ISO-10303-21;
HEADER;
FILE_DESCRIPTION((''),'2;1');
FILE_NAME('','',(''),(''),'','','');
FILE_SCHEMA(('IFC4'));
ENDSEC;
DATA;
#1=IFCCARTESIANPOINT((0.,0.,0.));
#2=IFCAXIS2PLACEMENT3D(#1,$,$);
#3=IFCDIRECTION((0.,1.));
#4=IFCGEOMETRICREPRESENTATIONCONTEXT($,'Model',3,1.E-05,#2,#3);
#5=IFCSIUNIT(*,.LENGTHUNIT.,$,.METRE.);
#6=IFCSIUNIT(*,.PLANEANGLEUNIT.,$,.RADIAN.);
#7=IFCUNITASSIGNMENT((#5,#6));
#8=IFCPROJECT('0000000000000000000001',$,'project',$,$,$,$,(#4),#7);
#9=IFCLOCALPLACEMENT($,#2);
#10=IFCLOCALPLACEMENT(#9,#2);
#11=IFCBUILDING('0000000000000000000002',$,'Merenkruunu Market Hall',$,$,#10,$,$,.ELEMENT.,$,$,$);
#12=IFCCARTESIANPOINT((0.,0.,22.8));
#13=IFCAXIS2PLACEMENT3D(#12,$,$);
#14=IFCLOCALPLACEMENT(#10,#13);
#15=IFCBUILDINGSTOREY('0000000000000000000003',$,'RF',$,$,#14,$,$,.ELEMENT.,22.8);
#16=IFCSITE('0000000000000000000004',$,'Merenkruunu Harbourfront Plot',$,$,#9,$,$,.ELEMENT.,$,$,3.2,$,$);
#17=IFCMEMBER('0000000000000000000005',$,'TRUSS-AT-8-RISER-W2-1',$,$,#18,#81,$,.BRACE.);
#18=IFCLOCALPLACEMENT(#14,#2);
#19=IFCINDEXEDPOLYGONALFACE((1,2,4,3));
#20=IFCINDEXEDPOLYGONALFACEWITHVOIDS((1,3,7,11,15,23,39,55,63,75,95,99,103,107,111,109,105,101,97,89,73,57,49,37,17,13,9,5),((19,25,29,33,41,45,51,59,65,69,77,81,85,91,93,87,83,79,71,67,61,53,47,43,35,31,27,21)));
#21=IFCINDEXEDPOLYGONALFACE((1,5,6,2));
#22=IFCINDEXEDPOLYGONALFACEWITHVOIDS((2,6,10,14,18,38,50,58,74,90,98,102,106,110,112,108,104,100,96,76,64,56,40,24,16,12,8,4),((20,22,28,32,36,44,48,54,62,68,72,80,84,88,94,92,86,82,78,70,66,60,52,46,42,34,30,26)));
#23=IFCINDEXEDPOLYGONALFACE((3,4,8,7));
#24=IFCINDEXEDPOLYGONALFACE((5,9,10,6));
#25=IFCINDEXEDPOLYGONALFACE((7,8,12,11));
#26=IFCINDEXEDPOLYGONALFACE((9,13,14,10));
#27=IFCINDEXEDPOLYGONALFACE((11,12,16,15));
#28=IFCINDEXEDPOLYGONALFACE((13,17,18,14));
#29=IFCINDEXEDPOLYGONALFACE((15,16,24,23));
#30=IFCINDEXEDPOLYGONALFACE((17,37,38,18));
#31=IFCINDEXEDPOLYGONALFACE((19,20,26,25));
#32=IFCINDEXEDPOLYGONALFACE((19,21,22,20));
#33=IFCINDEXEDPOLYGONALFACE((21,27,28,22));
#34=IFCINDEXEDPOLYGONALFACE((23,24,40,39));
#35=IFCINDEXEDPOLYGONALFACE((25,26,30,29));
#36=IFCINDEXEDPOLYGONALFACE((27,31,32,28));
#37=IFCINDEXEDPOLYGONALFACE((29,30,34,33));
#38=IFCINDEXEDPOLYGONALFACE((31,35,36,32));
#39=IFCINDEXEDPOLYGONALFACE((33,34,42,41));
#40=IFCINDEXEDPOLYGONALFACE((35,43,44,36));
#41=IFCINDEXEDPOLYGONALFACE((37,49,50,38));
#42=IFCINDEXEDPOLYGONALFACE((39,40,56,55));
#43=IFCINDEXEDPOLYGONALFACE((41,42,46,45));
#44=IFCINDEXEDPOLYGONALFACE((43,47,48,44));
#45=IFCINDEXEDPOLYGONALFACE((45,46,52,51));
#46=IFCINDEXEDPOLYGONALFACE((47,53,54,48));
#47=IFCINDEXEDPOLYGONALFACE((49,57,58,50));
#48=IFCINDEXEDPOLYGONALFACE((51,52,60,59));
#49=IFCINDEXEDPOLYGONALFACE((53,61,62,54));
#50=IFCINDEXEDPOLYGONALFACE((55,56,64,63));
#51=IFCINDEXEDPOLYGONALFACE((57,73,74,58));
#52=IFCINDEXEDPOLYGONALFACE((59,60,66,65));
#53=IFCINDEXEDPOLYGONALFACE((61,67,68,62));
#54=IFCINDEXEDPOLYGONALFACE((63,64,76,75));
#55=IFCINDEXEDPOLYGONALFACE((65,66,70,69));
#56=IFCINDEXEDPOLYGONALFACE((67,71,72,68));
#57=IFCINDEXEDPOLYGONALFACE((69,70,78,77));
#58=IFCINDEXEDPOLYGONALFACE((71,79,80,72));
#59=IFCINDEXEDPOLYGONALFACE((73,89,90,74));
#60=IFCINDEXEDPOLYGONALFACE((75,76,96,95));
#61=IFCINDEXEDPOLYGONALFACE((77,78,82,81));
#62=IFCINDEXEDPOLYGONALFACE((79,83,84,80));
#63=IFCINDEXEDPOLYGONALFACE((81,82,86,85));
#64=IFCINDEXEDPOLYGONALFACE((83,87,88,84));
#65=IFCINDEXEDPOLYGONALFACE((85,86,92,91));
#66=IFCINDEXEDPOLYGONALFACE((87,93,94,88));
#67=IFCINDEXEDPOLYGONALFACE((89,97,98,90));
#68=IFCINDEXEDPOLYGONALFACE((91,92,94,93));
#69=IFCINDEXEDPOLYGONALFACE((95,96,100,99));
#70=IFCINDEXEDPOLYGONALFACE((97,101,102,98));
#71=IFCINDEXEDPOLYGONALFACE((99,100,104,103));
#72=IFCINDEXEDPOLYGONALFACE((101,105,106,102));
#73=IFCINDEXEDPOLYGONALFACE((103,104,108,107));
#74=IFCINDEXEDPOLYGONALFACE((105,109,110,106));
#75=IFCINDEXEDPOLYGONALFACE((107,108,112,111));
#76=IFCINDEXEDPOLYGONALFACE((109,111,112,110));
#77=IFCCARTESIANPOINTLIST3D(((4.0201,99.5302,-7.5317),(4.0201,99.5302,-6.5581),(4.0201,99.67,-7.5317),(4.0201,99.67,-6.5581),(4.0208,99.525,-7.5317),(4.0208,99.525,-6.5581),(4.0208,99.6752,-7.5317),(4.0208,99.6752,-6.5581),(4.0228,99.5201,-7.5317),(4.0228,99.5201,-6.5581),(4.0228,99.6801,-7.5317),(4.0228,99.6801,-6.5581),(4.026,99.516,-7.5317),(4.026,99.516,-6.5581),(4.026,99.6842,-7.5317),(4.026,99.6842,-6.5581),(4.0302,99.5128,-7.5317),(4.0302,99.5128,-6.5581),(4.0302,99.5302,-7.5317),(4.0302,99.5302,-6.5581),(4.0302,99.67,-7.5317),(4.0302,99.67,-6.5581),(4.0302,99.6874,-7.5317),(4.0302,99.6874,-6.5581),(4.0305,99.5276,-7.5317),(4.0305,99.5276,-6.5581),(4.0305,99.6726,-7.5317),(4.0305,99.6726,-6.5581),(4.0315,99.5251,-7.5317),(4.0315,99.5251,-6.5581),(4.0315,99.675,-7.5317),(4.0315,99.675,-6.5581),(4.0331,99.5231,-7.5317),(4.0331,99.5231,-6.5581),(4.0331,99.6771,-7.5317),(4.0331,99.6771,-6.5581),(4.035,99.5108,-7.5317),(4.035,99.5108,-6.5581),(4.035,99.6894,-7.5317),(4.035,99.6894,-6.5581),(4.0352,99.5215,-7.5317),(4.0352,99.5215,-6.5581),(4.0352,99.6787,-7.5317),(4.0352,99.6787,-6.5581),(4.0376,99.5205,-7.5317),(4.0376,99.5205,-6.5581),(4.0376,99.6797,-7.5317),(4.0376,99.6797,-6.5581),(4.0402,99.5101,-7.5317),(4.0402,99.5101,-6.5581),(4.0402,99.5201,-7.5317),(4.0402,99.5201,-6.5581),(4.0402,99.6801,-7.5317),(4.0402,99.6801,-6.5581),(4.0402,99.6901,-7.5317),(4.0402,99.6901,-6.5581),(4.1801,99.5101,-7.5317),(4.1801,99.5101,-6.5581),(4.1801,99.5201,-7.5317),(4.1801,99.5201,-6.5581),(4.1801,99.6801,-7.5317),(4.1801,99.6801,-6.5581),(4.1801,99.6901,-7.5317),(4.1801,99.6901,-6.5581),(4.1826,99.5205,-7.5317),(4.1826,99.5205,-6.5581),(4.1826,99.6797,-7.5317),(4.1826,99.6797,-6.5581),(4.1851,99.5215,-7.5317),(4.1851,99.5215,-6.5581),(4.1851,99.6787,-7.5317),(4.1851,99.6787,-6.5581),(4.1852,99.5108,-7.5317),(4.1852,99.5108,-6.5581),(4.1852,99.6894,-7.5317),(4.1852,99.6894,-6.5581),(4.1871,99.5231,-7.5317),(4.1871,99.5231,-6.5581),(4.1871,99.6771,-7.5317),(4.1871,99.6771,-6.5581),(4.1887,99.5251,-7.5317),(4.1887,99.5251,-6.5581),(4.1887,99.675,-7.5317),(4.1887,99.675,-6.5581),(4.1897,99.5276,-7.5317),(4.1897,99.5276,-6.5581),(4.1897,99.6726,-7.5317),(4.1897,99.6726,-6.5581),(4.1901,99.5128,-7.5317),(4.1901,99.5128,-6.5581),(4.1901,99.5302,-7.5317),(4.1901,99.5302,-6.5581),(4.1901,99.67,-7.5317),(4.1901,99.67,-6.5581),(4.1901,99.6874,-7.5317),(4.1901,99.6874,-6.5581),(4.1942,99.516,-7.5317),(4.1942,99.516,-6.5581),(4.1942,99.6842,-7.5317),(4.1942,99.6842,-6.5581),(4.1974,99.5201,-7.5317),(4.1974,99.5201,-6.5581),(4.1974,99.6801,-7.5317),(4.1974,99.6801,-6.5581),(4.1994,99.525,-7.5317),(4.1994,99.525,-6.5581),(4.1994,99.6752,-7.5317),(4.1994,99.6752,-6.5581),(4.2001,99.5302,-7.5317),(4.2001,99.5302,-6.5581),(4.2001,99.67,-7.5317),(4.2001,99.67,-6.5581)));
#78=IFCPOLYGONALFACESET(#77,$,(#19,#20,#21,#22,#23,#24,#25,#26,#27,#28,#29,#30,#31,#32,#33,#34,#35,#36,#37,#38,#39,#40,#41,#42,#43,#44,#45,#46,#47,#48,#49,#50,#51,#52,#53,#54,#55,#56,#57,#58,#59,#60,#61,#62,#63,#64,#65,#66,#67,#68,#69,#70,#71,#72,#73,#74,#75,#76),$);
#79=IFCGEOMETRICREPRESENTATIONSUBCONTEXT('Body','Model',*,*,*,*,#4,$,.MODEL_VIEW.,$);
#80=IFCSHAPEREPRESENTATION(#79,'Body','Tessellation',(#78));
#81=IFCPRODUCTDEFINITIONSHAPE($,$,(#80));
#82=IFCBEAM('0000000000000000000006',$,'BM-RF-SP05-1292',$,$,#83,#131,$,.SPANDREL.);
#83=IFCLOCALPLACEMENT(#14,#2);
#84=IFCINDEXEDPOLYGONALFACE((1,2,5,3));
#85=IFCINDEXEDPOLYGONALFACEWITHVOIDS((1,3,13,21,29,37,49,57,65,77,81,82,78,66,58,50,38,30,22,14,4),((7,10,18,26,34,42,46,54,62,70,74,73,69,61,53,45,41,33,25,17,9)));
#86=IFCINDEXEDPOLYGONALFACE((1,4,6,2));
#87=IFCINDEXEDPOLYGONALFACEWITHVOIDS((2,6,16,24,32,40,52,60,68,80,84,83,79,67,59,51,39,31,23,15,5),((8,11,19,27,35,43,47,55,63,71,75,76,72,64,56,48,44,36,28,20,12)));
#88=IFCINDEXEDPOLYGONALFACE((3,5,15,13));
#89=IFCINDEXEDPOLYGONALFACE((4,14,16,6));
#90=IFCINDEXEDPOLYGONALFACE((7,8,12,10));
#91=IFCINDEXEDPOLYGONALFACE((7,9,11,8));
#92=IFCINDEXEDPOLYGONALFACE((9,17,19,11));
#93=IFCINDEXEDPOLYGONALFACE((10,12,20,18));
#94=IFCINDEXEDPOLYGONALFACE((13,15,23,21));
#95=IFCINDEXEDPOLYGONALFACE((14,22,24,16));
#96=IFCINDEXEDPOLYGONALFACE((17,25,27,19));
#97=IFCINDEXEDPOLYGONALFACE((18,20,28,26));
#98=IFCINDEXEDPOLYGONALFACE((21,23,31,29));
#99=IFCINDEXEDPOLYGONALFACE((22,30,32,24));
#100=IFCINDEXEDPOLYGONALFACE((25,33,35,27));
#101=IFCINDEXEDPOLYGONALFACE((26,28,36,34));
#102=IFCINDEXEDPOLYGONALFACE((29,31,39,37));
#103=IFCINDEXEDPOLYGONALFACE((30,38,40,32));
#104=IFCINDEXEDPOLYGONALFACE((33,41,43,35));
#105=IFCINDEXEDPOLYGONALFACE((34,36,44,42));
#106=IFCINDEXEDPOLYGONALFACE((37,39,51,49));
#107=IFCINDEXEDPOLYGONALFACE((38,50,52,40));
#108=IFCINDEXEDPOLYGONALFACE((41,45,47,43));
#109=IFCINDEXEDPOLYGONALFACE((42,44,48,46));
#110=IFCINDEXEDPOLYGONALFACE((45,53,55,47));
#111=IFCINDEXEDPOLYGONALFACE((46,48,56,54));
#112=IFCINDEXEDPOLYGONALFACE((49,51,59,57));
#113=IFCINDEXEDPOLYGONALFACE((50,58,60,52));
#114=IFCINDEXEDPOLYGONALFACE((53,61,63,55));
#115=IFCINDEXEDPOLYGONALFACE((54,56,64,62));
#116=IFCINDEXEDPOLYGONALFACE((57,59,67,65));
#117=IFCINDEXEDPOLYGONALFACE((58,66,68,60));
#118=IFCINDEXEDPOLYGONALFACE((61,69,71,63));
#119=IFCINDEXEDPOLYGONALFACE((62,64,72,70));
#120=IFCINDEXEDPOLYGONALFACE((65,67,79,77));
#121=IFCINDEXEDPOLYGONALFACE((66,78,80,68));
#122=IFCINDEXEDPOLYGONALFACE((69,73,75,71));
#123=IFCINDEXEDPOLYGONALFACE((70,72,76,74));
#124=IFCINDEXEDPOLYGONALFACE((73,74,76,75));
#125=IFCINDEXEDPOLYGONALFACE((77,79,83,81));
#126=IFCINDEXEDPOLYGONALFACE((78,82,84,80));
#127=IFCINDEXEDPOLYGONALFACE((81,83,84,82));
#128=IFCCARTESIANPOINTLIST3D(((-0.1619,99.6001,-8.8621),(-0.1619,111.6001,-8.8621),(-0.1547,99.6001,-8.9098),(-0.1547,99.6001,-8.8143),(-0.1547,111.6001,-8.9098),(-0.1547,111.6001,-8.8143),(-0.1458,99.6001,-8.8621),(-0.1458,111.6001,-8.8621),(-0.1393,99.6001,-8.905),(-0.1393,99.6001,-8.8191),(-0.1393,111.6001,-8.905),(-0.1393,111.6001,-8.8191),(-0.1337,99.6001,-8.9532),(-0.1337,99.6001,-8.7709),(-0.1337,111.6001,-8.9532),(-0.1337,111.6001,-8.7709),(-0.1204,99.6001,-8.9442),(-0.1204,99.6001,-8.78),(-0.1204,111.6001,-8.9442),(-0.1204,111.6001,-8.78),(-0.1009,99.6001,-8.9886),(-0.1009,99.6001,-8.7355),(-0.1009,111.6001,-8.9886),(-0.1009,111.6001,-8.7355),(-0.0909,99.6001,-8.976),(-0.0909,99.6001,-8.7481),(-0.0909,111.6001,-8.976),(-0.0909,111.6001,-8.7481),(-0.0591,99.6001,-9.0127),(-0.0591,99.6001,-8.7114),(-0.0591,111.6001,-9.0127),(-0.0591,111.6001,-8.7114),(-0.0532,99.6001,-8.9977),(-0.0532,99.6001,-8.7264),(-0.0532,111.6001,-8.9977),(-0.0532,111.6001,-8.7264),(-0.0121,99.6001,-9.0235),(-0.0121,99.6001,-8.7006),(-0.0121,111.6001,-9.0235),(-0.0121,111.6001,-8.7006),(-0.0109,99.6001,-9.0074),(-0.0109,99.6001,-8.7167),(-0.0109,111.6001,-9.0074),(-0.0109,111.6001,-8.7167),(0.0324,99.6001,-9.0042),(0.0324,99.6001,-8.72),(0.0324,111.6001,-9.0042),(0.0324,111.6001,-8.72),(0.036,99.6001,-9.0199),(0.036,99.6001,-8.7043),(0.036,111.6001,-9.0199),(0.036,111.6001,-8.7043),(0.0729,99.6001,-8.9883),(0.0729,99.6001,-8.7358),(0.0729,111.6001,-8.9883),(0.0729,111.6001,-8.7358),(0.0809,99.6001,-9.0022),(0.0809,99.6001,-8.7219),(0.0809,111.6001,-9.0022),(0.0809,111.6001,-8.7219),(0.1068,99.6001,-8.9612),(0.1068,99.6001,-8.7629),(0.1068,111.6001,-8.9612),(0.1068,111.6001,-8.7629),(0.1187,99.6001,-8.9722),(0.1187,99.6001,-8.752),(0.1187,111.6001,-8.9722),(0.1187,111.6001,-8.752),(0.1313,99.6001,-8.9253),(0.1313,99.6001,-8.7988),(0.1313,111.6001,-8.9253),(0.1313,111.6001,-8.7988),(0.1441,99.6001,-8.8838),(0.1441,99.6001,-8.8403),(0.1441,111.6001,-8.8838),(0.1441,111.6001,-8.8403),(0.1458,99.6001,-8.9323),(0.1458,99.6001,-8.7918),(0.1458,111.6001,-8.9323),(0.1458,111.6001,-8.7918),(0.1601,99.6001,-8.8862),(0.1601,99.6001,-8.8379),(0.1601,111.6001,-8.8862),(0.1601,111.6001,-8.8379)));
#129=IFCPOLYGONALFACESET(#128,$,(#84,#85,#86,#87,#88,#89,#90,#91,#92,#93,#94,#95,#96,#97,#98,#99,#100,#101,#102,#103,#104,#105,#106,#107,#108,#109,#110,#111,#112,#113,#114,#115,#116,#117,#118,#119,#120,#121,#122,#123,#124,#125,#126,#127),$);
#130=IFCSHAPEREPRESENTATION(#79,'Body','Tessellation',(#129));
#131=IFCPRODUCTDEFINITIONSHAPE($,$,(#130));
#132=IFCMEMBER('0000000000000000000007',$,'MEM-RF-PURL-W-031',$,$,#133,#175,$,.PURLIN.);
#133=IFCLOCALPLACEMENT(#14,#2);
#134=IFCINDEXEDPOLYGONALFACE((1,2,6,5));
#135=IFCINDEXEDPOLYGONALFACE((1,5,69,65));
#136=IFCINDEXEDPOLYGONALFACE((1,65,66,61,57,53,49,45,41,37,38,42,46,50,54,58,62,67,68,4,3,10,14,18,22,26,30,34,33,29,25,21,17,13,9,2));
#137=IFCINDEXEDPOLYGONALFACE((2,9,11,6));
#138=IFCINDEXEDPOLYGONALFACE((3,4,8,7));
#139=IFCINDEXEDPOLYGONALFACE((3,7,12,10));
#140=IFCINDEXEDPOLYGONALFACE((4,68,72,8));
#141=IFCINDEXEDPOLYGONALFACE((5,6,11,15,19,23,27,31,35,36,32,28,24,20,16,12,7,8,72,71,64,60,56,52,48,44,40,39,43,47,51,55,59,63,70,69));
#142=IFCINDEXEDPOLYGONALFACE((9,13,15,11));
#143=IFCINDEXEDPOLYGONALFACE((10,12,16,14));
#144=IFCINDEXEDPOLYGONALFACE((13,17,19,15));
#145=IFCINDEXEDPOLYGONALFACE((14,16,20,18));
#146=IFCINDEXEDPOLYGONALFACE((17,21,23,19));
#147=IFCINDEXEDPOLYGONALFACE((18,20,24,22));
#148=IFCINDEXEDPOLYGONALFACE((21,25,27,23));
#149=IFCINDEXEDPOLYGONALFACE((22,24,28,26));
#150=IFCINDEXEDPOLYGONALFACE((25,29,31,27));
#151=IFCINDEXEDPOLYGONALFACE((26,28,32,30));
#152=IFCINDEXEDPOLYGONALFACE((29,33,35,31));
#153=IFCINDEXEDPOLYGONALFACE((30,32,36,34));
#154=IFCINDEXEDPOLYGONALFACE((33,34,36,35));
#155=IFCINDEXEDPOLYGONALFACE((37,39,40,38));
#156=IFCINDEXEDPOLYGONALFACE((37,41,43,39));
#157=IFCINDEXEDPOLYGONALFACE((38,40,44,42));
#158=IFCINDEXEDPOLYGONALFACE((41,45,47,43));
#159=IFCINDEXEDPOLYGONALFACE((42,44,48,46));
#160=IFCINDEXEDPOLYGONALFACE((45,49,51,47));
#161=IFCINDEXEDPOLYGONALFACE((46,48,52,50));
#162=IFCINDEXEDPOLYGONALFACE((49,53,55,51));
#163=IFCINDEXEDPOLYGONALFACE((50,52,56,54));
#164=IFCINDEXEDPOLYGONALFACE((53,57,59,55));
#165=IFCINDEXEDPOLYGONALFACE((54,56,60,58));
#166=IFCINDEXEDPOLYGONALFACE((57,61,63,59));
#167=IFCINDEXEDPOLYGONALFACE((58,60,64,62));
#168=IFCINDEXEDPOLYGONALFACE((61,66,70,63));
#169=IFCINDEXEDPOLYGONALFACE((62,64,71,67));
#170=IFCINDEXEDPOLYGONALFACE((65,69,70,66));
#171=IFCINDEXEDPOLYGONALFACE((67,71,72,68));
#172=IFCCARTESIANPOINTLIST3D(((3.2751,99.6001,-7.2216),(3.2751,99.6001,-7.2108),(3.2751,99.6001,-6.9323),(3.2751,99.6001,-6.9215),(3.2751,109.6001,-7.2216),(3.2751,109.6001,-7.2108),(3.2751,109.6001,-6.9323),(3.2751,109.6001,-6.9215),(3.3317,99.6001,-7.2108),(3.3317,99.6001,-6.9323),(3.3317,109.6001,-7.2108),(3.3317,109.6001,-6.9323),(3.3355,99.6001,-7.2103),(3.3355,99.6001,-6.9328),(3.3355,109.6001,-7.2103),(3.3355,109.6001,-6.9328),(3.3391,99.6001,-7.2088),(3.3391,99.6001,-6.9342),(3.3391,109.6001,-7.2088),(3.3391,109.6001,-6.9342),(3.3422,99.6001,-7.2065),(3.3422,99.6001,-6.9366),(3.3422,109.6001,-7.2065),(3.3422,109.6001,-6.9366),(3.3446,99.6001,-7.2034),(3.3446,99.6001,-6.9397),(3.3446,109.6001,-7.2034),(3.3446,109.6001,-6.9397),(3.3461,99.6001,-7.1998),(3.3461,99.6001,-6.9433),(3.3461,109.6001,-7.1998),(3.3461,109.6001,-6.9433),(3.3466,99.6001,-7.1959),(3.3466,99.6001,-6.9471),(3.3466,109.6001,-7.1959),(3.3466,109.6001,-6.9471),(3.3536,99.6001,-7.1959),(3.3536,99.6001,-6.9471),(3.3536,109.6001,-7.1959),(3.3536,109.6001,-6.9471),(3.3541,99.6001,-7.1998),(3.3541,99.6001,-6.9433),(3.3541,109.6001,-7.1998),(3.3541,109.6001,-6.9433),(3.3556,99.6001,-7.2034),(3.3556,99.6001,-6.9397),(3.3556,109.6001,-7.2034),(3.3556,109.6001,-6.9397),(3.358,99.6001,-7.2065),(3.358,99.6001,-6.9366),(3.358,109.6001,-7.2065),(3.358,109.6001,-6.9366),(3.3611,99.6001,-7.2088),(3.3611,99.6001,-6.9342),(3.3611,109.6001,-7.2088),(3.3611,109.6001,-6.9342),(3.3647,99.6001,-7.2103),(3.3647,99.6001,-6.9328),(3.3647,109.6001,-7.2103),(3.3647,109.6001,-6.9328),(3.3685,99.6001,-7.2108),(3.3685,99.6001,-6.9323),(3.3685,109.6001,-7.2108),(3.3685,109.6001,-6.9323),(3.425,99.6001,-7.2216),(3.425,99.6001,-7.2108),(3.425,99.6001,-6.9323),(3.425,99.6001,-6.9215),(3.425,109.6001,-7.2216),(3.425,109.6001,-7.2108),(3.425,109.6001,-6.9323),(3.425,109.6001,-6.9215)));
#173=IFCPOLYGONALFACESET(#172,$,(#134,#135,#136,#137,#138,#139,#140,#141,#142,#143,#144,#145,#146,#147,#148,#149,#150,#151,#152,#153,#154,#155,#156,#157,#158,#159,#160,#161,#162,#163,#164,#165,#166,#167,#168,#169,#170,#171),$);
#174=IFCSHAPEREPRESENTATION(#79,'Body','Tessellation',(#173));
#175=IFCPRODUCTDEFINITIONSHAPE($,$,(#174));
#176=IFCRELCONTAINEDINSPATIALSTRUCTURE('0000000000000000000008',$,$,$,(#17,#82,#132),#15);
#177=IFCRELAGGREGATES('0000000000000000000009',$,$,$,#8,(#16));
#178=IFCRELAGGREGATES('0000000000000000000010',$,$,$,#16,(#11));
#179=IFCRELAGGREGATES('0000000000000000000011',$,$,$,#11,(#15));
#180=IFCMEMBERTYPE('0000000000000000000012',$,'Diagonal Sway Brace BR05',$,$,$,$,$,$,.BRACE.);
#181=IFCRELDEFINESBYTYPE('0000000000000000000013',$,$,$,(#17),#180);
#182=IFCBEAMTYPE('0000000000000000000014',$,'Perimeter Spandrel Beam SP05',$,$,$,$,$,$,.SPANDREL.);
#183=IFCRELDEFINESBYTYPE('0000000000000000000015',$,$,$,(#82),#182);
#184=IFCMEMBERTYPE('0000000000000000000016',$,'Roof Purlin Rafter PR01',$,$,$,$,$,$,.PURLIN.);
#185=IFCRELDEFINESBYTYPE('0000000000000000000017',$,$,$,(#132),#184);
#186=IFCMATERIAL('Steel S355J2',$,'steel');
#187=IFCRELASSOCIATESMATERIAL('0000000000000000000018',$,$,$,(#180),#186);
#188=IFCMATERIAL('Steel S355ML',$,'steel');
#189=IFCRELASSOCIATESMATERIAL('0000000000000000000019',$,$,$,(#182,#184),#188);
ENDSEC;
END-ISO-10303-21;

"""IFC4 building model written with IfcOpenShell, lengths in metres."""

from ifc_helpers import new_model, si_unit, direction, frame, origin, origin_2d, place, context, subcontext, project, spatial, hollow_rectangle, hollow_circle, i_section, extrude, material, material_profile, profile_set, type_object, element, save


model = new_model("IFC4")

# Units and contexts
model_context = context("Model", 3, precision=1e-05, world=origin(), true_north=direction((0.0, 1.0)))
body_context = subcontext(model_context, "Body", "Model", "MODEL_VIEW")
ifc_project = project(units=[si_unit("LENGTHUNIT", "METRE"), si_unit("PLANEANGLEUNIT", "RADIAN")], contexts=[model_context])

# Site, building, storey
site_placement = place(None, origin())
site = spatial("IfcSite", under=ifc_project, at=site_placement, Name="Merenkruunu Harbourfront Plot", CompositionType="ELEMENT", RefElevation=3.2)
building_placement = place(site_placement, origin())
building = spatial("IfcBuilding", under=site, at=building_placement, Name="Merenkruunu Market Hall", CompositionType="ELEMENT")
storey_placement = place(building_placement, frame((0.0, 0.0, 22.8)))
storey = spatial("IfcBuildingStorey", under=building, at=storey_placement, Name="RF", CompositionType="ELEMENT", Elevation=22.8)

# Shared definitions
ifc_material_1 = material(Name="Steel S355ML", Category="steel")

# Member
ifc_material_2 = material(Name="Steel S355J2", Category="steel")
ifc_material_profile_1 = material_profile(ifc_material_2, hollow_rectangle(XDim=0.1799, YDim=0.1799, WallThickness=0.01, InnerFilletRadius=0.01, OuterFilletRadius=0.02, at=origin_2d()), Name="SHS 180x180x10")
ifc_profile_set_1 = profile_set([ifc_material_profile_1], Name="Steel S355J2")
member_type_1 = type_object("IfcMemberType", Name="Diagonal Sway Brace BR05", PredefinedType="BRACE", material=ifc_profile_set_1)
member_1_placement = place(storey_placement, frame((4.1101, 99.6001, -7.5317), z_axis=(0.0, 0.0, 1.0), x_axis=(1.0, 0.0, 0.0)))
element("IfcMember", 1, at=member_1_placement, inside=storey, type_object=member_type_1, Name="TRUSS-AT-8-RISER-W2-1", PredefinedType="BRACE", context=body_context, shape_type="SweptSolid", body=[
    extrude(hollow_rectangle(XDim=0.1799, YDim=0.1799, WallThickness=0.01, InnerFilletRadius=0.01, OuterFilletRadius=0.02, at=origin_2d()), origin(), (0.0, 0.0, 1.0), 0.9736),
])

# Beam
ifc_material_profile_2 = material_profile(ifc_material_1, hollow_circle(Radius=0.1619, WallThickness=0.0161, at=origin_2d()), Name="CHS 323.9x16")
ifc_profile_set_2 = profile_set([ifc_material_profile_2], Name="Steel S355ML")
beam_type = type_object("IfcBeamType", Name="Perimeter Spandrel Beam SP05", PredefinedType="SPANDREL", material=ifc_profile_set_2)
beam_placement = place(storey_placement, frame((0.0, 99.6001, -8.8621), z_axis=(0.0, 1.0, 0.0), x_axis=(-1.0, 0.0, 0.0)))
element("IfcBeam", 2, at=beam_placement, inside=storey, type_object=beam_type, Name="BM-RF-SP05-1292", PredefinedType="SPANDREL", context=body_context, shape_type="SweptSolid", body=[
    extrude(hollow_circle(Radius=0.1619, WallThickness=0.0161, at=origin_2d()), origin(), (0.0, 0.0, 1.0), 12.0),
])

# Member
ifc_material_profile_3 = material_profile(ifc_material_1, i_section(OverallWidth=0.1499, OverallDepth=0.3, WebThickness=0.0071, FlangeThickness=0.0107, FilletRadius=0.0149, at=origin_2d()), Name="IPE 300")
ifc_profile_set_3 = profile_set([ifc_material_profile_3], Name="Steel S355ML")
member_type_2 = type_object("IfcMemberType", Name="Roof Purlin Rafter PR01", PredefinedType="PURLIN", material=ifc_profile_set_3)
member_2_placement = place(storey_placement, frame((3.3501, 99.6001, -7.0715), z_axis=(0.0, 1.0, 0.0), x_axis=(-1.0, 0.0, 0.0)))
element("IfcMember", 3, at=member_2_placement, inside=storey, type_object=member_type_2, Name="MEM-RF-PURL-W-031", PredefinedType="PURLIN", context=body_context, shape_type="SweptSolid", body=[
    extrude(i_section(OverallWidth=0.1499, OverallDepth=0.3, WebThickness=0.0071, FlangeThickness=0.0107, FilletRadius=0.0149, at=origin_2d()), origin(), (0.0, 0.0, 1.0), 10.0),
])

save(model, "model.ifc")
